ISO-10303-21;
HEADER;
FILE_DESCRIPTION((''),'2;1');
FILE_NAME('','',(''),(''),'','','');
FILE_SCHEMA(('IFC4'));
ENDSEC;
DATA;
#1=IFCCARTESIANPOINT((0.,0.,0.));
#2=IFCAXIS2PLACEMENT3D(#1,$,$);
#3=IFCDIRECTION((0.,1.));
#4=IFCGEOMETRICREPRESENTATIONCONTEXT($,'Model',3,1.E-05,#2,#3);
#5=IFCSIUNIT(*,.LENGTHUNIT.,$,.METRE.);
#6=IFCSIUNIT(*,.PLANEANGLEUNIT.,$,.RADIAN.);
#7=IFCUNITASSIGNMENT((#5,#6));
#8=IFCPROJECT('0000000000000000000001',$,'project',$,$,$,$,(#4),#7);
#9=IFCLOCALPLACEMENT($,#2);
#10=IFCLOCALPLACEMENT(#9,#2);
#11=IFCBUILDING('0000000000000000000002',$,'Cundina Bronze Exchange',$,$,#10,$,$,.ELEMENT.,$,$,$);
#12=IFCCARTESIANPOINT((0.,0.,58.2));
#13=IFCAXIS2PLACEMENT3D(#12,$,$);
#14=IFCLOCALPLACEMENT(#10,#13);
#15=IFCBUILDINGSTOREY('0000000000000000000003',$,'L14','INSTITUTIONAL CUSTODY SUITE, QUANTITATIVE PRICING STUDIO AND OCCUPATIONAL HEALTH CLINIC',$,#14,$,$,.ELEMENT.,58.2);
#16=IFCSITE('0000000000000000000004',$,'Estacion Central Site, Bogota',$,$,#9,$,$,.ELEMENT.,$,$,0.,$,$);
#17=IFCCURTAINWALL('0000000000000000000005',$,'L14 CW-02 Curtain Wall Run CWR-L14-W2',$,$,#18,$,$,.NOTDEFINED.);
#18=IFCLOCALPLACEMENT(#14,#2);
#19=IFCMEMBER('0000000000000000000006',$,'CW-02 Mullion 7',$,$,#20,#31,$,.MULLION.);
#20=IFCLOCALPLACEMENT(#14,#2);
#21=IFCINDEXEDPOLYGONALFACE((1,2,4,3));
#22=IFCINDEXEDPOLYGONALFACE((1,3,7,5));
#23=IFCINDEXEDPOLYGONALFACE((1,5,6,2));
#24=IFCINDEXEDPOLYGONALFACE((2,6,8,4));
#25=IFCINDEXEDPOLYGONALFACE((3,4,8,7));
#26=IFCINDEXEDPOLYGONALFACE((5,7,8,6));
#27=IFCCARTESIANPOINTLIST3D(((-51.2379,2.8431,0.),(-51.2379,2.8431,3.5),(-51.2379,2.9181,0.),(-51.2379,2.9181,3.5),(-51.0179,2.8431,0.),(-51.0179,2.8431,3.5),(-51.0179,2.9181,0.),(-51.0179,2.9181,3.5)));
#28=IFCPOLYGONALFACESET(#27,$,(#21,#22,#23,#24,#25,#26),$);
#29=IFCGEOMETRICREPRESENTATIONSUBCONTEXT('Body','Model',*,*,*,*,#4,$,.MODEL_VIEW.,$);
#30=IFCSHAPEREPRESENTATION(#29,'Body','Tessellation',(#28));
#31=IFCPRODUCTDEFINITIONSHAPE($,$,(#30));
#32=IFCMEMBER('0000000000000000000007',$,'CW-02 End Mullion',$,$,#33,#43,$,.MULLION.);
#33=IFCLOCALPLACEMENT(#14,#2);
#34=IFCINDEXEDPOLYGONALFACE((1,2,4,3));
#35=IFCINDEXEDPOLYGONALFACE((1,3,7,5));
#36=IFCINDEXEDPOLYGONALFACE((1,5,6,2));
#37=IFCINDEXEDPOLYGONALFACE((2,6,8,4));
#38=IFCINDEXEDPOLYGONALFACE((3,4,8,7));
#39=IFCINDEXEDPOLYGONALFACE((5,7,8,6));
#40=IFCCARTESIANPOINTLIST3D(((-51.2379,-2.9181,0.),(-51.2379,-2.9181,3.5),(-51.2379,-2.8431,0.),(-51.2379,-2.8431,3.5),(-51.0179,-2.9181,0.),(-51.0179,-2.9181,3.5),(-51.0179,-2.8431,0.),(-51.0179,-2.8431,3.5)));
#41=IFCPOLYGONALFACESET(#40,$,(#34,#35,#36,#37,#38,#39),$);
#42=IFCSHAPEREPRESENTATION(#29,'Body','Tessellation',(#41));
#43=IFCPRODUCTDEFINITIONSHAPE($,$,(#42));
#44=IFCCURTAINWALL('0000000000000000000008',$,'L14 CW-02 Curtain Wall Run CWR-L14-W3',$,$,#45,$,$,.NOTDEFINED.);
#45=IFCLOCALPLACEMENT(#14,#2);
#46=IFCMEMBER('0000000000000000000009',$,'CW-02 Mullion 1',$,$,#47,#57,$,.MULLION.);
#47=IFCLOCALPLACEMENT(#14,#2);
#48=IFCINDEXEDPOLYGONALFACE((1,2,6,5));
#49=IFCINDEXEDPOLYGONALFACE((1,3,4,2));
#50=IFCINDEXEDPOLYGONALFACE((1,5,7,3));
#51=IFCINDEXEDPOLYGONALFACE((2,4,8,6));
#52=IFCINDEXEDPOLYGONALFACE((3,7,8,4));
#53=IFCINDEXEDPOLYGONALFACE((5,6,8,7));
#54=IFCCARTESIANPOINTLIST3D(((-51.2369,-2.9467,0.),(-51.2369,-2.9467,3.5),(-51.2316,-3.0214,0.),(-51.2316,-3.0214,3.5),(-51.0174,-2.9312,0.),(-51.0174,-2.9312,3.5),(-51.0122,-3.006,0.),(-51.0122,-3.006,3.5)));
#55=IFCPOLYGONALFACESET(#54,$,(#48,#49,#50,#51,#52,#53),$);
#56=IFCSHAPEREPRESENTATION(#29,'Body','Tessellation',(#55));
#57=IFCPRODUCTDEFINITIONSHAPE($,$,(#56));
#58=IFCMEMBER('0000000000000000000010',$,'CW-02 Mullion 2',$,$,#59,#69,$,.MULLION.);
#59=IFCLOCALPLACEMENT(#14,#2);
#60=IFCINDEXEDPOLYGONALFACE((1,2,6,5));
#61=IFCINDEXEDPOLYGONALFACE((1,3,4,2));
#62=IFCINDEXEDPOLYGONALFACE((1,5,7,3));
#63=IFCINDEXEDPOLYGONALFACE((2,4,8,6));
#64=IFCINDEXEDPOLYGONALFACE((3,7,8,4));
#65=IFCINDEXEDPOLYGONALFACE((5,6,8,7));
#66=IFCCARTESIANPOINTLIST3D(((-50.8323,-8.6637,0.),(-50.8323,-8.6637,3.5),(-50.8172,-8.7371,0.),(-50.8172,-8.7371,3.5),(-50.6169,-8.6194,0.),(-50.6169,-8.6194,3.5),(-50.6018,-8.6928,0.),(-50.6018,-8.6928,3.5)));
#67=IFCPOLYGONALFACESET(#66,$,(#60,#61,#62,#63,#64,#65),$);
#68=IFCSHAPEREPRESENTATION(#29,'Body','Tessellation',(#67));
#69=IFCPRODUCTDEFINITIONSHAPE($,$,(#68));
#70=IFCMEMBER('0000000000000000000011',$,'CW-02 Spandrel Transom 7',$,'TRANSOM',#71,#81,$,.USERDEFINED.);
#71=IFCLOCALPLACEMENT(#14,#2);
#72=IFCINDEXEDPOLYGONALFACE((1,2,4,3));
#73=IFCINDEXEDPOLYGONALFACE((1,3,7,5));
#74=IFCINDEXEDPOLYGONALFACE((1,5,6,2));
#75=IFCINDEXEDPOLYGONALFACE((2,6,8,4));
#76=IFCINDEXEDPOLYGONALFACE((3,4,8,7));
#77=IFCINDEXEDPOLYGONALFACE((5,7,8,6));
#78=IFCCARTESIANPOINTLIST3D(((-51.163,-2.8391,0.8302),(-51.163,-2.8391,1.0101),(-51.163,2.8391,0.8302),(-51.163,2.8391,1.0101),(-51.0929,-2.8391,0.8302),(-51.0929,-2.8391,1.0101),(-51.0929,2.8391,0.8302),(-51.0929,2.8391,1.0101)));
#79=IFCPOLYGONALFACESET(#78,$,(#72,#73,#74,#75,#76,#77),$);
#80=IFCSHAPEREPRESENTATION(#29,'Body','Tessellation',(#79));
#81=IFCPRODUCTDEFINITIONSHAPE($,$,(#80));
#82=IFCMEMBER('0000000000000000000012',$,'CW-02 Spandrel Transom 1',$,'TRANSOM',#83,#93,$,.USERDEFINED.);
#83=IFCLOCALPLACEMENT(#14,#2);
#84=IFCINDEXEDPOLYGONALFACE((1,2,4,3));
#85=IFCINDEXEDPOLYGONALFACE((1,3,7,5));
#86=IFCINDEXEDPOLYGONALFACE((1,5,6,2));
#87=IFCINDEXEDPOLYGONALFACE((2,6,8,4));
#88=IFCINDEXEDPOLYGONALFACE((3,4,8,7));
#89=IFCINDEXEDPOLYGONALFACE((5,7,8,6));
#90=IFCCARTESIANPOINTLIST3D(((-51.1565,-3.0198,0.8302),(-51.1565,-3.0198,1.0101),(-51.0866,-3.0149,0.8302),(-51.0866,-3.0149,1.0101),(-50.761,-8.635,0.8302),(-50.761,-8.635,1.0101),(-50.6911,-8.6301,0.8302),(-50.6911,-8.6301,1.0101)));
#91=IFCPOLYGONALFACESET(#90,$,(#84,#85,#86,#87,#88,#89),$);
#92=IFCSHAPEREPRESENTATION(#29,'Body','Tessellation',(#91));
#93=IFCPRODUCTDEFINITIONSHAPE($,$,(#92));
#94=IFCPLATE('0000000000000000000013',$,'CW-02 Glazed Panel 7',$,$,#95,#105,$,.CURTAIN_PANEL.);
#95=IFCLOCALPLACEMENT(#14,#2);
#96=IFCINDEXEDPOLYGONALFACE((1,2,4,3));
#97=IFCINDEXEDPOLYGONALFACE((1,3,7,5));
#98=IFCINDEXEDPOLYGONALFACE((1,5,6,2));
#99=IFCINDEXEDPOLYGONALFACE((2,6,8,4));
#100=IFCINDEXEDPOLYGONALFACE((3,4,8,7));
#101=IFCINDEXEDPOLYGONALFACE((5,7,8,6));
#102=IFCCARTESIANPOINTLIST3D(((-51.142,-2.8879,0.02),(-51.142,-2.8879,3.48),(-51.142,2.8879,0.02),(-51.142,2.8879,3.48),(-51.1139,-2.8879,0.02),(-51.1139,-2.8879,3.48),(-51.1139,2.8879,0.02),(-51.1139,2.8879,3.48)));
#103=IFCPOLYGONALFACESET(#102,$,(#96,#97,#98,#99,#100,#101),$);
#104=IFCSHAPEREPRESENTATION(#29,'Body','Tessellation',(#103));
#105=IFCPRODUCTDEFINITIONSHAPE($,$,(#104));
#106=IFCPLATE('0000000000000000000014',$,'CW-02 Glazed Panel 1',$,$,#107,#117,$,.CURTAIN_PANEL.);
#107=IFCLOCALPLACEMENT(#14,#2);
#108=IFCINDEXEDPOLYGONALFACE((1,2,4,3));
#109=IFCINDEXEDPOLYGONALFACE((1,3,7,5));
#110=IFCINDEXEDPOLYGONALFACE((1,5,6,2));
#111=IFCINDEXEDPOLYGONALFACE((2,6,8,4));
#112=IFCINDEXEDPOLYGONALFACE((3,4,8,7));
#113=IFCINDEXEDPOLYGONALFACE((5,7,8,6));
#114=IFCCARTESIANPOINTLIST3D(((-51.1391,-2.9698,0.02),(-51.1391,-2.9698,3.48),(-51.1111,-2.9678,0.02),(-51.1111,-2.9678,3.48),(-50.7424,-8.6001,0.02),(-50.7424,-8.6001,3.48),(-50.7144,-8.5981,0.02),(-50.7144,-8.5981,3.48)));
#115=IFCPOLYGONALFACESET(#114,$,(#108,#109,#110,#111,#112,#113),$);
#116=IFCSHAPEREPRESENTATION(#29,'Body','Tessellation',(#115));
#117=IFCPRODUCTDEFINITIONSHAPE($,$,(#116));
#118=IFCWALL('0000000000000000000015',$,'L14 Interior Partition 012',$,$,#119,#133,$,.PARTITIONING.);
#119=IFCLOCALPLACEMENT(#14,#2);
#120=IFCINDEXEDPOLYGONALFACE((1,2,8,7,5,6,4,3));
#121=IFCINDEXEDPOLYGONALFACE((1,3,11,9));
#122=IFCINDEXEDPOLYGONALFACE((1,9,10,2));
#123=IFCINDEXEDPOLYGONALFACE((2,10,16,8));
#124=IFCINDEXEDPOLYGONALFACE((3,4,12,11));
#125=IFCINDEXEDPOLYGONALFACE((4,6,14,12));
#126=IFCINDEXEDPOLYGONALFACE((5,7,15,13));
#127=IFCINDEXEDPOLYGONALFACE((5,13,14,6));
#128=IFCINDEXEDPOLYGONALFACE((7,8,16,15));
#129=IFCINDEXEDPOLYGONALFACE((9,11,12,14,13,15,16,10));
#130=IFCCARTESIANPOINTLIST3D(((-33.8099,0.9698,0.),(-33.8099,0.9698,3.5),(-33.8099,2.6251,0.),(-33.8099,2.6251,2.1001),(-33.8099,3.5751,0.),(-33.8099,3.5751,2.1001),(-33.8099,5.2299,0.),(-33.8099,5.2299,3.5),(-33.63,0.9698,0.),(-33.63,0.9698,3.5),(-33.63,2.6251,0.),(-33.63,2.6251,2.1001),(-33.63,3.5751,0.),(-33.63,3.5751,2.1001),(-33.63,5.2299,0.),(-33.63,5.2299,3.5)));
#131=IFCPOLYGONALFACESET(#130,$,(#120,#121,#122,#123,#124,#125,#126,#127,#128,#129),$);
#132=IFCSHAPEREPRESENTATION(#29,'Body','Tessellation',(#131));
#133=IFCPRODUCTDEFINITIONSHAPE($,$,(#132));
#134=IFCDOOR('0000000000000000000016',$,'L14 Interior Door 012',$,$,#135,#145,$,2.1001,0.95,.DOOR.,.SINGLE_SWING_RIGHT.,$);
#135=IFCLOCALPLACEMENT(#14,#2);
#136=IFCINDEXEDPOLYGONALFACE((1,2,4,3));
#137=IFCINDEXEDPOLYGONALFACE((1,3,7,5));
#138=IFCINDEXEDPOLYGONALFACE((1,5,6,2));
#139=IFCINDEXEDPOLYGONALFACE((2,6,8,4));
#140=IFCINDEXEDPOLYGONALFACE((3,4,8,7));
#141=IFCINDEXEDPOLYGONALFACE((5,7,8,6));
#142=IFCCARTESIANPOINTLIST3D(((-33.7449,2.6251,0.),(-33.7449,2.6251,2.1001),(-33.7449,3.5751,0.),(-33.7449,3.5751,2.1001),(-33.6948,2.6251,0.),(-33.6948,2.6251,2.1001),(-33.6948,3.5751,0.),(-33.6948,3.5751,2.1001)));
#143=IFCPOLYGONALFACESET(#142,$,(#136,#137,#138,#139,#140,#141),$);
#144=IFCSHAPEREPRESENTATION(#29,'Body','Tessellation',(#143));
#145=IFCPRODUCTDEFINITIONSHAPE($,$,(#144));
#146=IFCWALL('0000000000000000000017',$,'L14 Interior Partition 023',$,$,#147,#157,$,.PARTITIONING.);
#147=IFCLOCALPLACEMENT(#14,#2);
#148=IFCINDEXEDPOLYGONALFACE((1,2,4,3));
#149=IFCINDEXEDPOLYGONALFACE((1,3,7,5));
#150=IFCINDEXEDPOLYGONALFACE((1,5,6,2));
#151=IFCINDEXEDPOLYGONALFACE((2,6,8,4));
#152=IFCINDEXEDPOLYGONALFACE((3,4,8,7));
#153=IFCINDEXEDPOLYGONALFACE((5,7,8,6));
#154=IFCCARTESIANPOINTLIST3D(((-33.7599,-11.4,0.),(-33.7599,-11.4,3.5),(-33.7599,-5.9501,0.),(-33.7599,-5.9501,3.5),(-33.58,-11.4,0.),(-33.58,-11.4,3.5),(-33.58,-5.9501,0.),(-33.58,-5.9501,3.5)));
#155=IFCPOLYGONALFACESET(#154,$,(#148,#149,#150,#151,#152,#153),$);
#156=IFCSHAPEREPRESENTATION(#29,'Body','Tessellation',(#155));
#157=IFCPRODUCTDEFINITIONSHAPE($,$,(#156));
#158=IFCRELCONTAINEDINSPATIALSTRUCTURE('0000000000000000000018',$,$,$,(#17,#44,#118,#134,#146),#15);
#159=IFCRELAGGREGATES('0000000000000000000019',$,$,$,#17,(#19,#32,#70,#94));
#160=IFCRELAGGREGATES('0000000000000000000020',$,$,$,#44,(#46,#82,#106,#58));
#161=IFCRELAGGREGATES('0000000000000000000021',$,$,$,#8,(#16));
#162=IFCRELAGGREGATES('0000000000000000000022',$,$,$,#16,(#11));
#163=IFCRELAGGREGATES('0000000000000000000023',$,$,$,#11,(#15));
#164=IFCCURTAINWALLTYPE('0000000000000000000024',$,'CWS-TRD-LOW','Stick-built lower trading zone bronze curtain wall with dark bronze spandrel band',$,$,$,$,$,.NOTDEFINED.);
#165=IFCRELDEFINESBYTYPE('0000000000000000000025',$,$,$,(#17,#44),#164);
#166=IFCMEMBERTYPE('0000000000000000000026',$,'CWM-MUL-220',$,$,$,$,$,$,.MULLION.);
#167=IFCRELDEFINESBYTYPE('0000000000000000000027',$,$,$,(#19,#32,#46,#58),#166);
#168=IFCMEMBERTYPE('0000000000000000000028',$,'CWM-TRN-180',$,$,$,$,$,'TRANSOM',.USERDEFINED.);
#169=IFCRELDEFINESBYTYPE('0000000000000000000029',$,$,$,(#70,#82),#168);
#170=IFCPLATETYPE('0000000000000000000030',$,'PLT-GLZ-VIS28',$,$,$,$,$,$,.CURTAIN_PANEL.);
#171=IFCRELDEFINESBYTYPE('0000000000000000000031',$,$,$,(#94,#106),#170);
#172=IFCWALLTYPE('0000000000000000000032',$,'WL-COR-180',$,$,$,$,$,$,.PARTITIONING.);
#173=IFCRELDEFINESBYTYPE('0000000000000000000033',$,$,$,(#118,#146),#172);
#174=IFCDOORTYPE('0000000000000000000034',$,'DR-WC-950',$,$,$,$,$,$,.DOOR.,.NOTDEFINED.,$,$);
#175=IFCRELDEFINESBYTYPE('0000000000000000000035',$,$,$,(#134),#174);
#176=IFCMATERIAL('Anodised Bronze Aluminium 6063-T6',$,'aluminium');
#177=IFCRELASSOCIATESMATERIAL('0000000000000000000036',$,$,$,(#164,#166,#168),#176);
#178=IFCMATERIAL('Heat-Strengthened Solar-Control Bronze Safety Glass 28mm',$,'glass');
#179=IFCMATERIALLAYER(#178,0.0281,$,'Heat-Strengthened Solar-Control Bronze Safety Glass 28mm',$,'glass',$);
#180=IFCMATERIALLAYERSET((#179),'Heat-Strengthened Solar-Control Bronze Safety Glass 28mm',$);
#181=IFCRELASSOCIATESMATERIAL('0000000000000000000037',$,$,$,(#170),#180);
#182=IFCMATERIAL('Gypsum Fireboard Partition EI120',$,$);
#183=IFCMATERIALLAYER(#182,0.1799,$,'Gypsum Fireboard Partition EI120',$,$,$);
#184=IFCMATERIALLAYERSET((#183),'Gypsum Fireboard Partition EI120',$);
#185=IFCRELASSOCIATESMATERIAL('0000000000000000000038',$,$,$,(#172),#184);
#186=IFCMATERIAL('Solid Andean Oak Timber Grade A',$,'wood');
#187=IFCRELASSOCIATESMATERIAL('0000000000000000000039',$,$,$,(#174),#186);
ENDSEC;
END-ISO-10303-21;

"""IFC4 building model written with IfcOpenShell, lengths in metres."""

from ifc_helpers import new_model, si_unit, direction, frame, frame_2d, origin, origin_2d, place, context, subcontext, project, spatial, rectangle, extrude, material, layer, layer_set, material_profile, profile_set, type_object, element, fill, aggregate, save


model = new_model("IFC4")

# Units and contexts
model_context = context("Model", 3, precision=1e-05, world=origin(), true_north=direction((0.0, 1.0)))
body_context = subcontext(model_context, "Body", "Model", "MODEL_VIEW")
ifc_project = project(units=[si_unit("LENGTHUNIT", "METRE"), si_unit("PLANEANGLEUNIT", "RADIAN")], contexts=[model_context])

# Site, building, storey
site_placement = place(None, origin())
site = spatial("IfcSite", under=ifc_project, at=site_placement, Name="Estacion Central Site, Bogota", CompositionType="ELEMENT", RefElevation=0.0)
building_placement = place(site_placement, origin())
building = spatial("IfcBuilding", under=site, at=building_placement, Name="Cundina Bronze Exchange", CompositionType="ELEMENT")
storey_placement = place(building_placement, frame((0.0, 0.0, 58.2)))
storey = spatial("IfcBuildingStorey", under=building, at=storey_placement, Name="L14", Description="INSTITUTIONAL CUSTODY SUITE, QUANTITATIVE PRICING STUDIO AND OCCUPATIONAL HEALTH CLINIC", CompositionType="ELEMENT", Elevation=58.2)

# Curtain walls, members
ifc_material_1 = material(Name="Anodised Bronze Aluminium 6063-T6", Category="aluminium")
curtain_wall_type = type_object("IfcCurtainWallType", Name="CWS-TRD-LOW", Description="Stick-built lower trading zone bronze curtain wall with dark bronze spandrel band", PredefinedType="NOTDEFINED", material=ifc_material_1)
curtain_wall_1_placement = place(storey_placement, origin())
curtain_wall_1 = element("IfcCurtainWall", 1, at=curtain_wall_1_placement, inside=storey, type_object=curtain_wall_type, Name="L14 CW-02 Curtain Wall Run CWR-L14-W2", PredefinedType="NOTDEFINED")
ifc_material_profile_1 = material_profile(ifc_material_1, rectangle(XDim=0.075, YDim=0.22, at=origin_2d()), Name="AL75X220", Category="aluminium")
ifc_profile_set_1 = profile_set([ifc_material_profile_1], Name="Anodised Bronze Aluminium 6063-T6")
member_type_1 = type_object("IfcMemberType", Name="CWM-MUL-220", PredefinedType="MULLION", material=ifc_profile_set_1)
member_1_placement = place(storey_placement, frame((-51.1279, 2.8806, 0.0), z_axis=(0.0, 0.0, 1.0), x_axis=(0.0, -1.0, 0.0)))
member_1 = element("IfcMember", 2, at=member_1_placement, type_object=member_type_1, Name="CW-02 Mullion 7", PredefinedType="MULLION", context=body_context, shape_type="SweptSolid", body=[
    extrude(rectangle(XDim=0.075, YDim=0.22, at=origin_2d()), origin(), (0.0, 0.0, 1.0), 3.5),
])
member_2_placement = place(storey_placement, frame((-51.1279, -2.8806, 0.0), z_axis=(0.0, 0.0, 1.0), x_axis=(0.0, -1.0, 0.0)))
member_2 = element("IfcMember", 3, at=member_2_placement, type_object=member_type_1, Name="CW-02 End Mullion", PredefinedType="MULLION", context=body_context, shape_type="SweptSolid", body=[
    extrude(rectangle(XDim=0.075, YDim=0.22, at=origin_2d()), origin(), (0.0, 0.0, 1.0), 3.5),
])
curtain_wall_2_placement = place(storey_placement, origin())
curtain_wall_2 = element("IfcCurtainWall", 4, at=curtain_wall_2_placement, inside=storey, type_object=curtain_wall_type, Name="L14 CW-02 Curtain Wall Run CWR-L14-W3", PredefinedType="NOTDEFINED")
member_3_placement = place(storey_placement, frame((-51.1245, -2.9763, 0.0), z_axis=(0.0, 0.0, 1.0), x_axis=(0.070279, -0.997527, 0.0)))
member_3 = element("IfcMember", 5, at=member_3_placement, type_object=member_type_1, Name="CW-02 Mullion 1", PredefinedType="MULLION", context=body_context, shape_type="SweptSolid", body=[
    extrude(rectangle(XDim=0.075, YDim=0.22, at=origin_2d()), origin(), (0.0, 0.0, 1.0), 3.5),
])
member_4_placement = place(storey_placement, frame((-50.717, -8.6782, 0.0), z_axis=(0.0, 0.0, 1.0), x_axis=(0.20142, -0.979505, 0.0)))
member_4 = element("IfcMember", 6, at=member_4_placement, type_object=member_type_1, Name="CW-02 Mullion 2", PredefinedType="MULLION", context=body_context, shape_type="SweptSolid", body=[
    extrude(rectangle(XDim=0.075, YDim=0.22, at=origin_2d()), origin(), (0.0, 0.0, 1.0), 3.5),
])

# Members
ifc_material_profile_2 = material_profile(ifc_material_1, rectangle(XDim=0.0701, YDim=0.1799, at=origin_2d()), Name="AL70X180", Category="aluminium")
ifc_profile_set_2 = profile_set([ifc_material_profile_2], Name="Anodised Bronze Aluminium 6063-T6")
member_type_2 = type_object("IfcMemberType", Name="CWM-TRN-180", ElementType="TRANSOM", PredefinedType="USERDEFINED", material=ifc_profile_set_2)
member_5_placement = place(storey_placement, frame((-51.1279, 2.8391, 0.9202), z_axis=(0.0, -1.0, 0.0), x_axis=(1.0, 0.0, 0.0)))
member_5 = element("IfcMember", 7, at=member_5_placement, type_object=member_type_2, Name="CW-02 Spandrel Transom 7", ObjectType="TRANSOM", PredefinedType="USERDEFINED", context=body_context, shape_type="SweptSolid", body=[
    extrude(rectangle(XDim=0.0701, YDim=0.1799, at=origin_2d()), origin(), (0.0, 0.0, 1.0), 5.6782),
])
member_6_placement = place(storey_placement, frame((-51.1216, -3.0173, 0.9202), z_axis=(0.070261, -0.997529, 0.0), x_axis=(0.997529, 0.070261, 0.0)))
member_6 = element("IfcMember", 8, at=member_6_placement, type_object=member_type_2, Name="CW-02 Spandrel Transom 1", ObjectType="TRANSOM", PredefinedType="USERDEFINED", context=body_context, shape_type="SweptSolid", body=[
    extrude(rectangle(XDim=0.0701, YDim=0.1799, at=origin_2d()), origin(), (0.0, 0.0, 1.0), 5.6292),
])

# Plates
ifc_material_2 = material(Name="Heat-Strengthened Solar-Control Bronze Safety Glass 28mm", Category="glass")
ifc_layer_1 = layer(ifc_material_2, 0.0281, Name="Heat-Strengthened Solar-Control Bronze Safety Glass 28mm", Category="glass")
ifc_layer_set_1 = layer_set([ifc_layer_1], Name="Heat-Strengthened Solar-Control Bronze Safety Glass 28mm")
plate_type = type_object("IfcPlateType", Name="PLT-GLZ-VIS28", PredefinedType="CURTAIN_PANEL", material=ifc_layer_set_1)
plate_1_placement = place(storey_placement, frame((-51.1279, 0.0, 0.02), z_axis=(0.0, 0.0, 1.0), x_axis=(0.0, -1.0, 0.0)))
plate_1 = element("IfcPlate", 9, at=plate_1_placement, type_object=plate_type, Name="CW-02 Glazed Panel 7", PredefinedType="CURTAIN_PANEL", context=body_context, shape_type="SweptSolid", body=[
    extrude(rectangle(XDim=5.7759, YDim=0.0281, at=origin_2d()), origin(), (0.0, 0.0, 1.0), 3.46),
])
aggregate(curtain_wall_1, [member_1, member_2, member_5, plate_1])
plate_2_placement = place(storey_placement, frame((-50.9268, -5.7839, 0.02), z_axis=(0.0, 0.0, 1.0), x_axis=(0.070279, -0.997527, 0.0)))
plate_2 = element("IfcPlate", 10, at=plate_2_placement, type_object=plate_type, Name="CW-02 Glazed Panel 1", PredefinedType="CURTAIN_PANEL", context=body_context, shape_type="SweptSolid", body=[
    extrude(rectangle(XDim=5.6443, YDim=0.0281, at=origin_2d()), origin(), (0.0, 0.0, 1.0), 3.46),
])
aggregate(curtain_wall_2, [member_3, member_6, plate_2, member_4])

# Wall, opening, door
ifc_material_3 = material(Name="Gypsum Fireboard Partition EI120")
ifc_layer_2 = layer(ifc_material_3, 0.1799, Name="Gypsum Fireboard Partition EI120")
ifc_layer_set_2 = layer_set([ifc_layer_2], Name="Gypsum Fireboard Partition EI120")
wall_type_1 = type_object("IfcWallType", Name="WL-COR-180", PredefinedType="PARTITIONING", material=ifc_layer_set_2)
wall_1_placement = place(storey_placement, frame((-33.72, 0.97, 0.0), z_axis=(0.0, 0.0, 1.0), x_axis=(0.0, 1.0, 0.0)))
wall_1 = element("IfcWall", 11, at=wall_1_placement, inside=storey, type_object=wall_type_1, Name="L14 Interior Partition 012", PredefinedType="PARTITIONING", context=body_context, shape_type="SweptSolid", body=[
    extrude(rectangle(XDim=4.26, YDim=0.1799, at=frame_2d((2.1299, 0.0))), origin(), (0.0, 0.0, 1.0), 3.5),
])
opening_1_placement = place(wall_1_placement, frame((1.655, 0.0, 0.0)))
opening_1 = element("IfcOpeningElement", 12, at=opening_1_placement, cuts=wall_1, PredefinedType="OPENING", context=body_context, shape_type="SweptSolid", body=[
    extrude(rectangle(XDim=0.95, YDim=2.1001, at=frame_2d((0.4751, 1.05))), frame((0.0, 0.0999, 0.0), z_axis=(0.0, -1.0, 0.0), x_axis=(1.0, 0.0, 0.0)), (0.0, 0.0, 1.0), 0.2),
])
ifc_material_4 = material(Name="Solid Andean Oak Timber Grade A", Category="wood")
door_type_1 = type_object("IfcDoorType", Name="DR-WC-950", OperationType="NOTDEFINED", PredefinedType="DOOR", material=ifc_material_4)
door_1_placement = place(opening_1_placement, origin())
door_1 = element("IfcDoor", 13, at=door_1_placement, inside=storey, type_object=door_type_1, Name="L14 Interior Door 012", OperationType="SINGLE_SWING_RIGHT", OverallHeight=2.1001, OverallWidth=0.95, PredefinedType="DOOR", context=body_context, shape_type="SweptSolid", body=[
    extrude(rectangle(XDim=0.95, YDim=2.1001, at=frame_2d((0.4751, 1.05))), frame((0.0, 0.0249, 0.0), z_axis=(0.0, -1.0, 0.0), x_axis=(1.0, 0.0, 0.0)), (0.0, 0.0, 1.0), 0.05),
])
fill(opening_1, door_1)

# Wall
wall_2_placement = place(storey_placement, frame((-33.6699, -5.95, 0.0), z_axis=(0.0, 0.0, 1.0), x_axis=(0.0, -1.0, 0.0)))
element("IfcWall", 14, at=wall_2_placement, inside=storey, type_object=wall_type_1, Name="L14 Interior Partition 023", PredefinedType="PARTITIONING", context=body_context, shape_type="SweptSolid", body=[
    extrude(rectangle(XDim=5.45, YDim=0.1799, at=frame_2d((2.7251, 0.0))), origin(), (0.0, 0.0, 1.0), 3.5),
])

save(model, "model.ifc")
